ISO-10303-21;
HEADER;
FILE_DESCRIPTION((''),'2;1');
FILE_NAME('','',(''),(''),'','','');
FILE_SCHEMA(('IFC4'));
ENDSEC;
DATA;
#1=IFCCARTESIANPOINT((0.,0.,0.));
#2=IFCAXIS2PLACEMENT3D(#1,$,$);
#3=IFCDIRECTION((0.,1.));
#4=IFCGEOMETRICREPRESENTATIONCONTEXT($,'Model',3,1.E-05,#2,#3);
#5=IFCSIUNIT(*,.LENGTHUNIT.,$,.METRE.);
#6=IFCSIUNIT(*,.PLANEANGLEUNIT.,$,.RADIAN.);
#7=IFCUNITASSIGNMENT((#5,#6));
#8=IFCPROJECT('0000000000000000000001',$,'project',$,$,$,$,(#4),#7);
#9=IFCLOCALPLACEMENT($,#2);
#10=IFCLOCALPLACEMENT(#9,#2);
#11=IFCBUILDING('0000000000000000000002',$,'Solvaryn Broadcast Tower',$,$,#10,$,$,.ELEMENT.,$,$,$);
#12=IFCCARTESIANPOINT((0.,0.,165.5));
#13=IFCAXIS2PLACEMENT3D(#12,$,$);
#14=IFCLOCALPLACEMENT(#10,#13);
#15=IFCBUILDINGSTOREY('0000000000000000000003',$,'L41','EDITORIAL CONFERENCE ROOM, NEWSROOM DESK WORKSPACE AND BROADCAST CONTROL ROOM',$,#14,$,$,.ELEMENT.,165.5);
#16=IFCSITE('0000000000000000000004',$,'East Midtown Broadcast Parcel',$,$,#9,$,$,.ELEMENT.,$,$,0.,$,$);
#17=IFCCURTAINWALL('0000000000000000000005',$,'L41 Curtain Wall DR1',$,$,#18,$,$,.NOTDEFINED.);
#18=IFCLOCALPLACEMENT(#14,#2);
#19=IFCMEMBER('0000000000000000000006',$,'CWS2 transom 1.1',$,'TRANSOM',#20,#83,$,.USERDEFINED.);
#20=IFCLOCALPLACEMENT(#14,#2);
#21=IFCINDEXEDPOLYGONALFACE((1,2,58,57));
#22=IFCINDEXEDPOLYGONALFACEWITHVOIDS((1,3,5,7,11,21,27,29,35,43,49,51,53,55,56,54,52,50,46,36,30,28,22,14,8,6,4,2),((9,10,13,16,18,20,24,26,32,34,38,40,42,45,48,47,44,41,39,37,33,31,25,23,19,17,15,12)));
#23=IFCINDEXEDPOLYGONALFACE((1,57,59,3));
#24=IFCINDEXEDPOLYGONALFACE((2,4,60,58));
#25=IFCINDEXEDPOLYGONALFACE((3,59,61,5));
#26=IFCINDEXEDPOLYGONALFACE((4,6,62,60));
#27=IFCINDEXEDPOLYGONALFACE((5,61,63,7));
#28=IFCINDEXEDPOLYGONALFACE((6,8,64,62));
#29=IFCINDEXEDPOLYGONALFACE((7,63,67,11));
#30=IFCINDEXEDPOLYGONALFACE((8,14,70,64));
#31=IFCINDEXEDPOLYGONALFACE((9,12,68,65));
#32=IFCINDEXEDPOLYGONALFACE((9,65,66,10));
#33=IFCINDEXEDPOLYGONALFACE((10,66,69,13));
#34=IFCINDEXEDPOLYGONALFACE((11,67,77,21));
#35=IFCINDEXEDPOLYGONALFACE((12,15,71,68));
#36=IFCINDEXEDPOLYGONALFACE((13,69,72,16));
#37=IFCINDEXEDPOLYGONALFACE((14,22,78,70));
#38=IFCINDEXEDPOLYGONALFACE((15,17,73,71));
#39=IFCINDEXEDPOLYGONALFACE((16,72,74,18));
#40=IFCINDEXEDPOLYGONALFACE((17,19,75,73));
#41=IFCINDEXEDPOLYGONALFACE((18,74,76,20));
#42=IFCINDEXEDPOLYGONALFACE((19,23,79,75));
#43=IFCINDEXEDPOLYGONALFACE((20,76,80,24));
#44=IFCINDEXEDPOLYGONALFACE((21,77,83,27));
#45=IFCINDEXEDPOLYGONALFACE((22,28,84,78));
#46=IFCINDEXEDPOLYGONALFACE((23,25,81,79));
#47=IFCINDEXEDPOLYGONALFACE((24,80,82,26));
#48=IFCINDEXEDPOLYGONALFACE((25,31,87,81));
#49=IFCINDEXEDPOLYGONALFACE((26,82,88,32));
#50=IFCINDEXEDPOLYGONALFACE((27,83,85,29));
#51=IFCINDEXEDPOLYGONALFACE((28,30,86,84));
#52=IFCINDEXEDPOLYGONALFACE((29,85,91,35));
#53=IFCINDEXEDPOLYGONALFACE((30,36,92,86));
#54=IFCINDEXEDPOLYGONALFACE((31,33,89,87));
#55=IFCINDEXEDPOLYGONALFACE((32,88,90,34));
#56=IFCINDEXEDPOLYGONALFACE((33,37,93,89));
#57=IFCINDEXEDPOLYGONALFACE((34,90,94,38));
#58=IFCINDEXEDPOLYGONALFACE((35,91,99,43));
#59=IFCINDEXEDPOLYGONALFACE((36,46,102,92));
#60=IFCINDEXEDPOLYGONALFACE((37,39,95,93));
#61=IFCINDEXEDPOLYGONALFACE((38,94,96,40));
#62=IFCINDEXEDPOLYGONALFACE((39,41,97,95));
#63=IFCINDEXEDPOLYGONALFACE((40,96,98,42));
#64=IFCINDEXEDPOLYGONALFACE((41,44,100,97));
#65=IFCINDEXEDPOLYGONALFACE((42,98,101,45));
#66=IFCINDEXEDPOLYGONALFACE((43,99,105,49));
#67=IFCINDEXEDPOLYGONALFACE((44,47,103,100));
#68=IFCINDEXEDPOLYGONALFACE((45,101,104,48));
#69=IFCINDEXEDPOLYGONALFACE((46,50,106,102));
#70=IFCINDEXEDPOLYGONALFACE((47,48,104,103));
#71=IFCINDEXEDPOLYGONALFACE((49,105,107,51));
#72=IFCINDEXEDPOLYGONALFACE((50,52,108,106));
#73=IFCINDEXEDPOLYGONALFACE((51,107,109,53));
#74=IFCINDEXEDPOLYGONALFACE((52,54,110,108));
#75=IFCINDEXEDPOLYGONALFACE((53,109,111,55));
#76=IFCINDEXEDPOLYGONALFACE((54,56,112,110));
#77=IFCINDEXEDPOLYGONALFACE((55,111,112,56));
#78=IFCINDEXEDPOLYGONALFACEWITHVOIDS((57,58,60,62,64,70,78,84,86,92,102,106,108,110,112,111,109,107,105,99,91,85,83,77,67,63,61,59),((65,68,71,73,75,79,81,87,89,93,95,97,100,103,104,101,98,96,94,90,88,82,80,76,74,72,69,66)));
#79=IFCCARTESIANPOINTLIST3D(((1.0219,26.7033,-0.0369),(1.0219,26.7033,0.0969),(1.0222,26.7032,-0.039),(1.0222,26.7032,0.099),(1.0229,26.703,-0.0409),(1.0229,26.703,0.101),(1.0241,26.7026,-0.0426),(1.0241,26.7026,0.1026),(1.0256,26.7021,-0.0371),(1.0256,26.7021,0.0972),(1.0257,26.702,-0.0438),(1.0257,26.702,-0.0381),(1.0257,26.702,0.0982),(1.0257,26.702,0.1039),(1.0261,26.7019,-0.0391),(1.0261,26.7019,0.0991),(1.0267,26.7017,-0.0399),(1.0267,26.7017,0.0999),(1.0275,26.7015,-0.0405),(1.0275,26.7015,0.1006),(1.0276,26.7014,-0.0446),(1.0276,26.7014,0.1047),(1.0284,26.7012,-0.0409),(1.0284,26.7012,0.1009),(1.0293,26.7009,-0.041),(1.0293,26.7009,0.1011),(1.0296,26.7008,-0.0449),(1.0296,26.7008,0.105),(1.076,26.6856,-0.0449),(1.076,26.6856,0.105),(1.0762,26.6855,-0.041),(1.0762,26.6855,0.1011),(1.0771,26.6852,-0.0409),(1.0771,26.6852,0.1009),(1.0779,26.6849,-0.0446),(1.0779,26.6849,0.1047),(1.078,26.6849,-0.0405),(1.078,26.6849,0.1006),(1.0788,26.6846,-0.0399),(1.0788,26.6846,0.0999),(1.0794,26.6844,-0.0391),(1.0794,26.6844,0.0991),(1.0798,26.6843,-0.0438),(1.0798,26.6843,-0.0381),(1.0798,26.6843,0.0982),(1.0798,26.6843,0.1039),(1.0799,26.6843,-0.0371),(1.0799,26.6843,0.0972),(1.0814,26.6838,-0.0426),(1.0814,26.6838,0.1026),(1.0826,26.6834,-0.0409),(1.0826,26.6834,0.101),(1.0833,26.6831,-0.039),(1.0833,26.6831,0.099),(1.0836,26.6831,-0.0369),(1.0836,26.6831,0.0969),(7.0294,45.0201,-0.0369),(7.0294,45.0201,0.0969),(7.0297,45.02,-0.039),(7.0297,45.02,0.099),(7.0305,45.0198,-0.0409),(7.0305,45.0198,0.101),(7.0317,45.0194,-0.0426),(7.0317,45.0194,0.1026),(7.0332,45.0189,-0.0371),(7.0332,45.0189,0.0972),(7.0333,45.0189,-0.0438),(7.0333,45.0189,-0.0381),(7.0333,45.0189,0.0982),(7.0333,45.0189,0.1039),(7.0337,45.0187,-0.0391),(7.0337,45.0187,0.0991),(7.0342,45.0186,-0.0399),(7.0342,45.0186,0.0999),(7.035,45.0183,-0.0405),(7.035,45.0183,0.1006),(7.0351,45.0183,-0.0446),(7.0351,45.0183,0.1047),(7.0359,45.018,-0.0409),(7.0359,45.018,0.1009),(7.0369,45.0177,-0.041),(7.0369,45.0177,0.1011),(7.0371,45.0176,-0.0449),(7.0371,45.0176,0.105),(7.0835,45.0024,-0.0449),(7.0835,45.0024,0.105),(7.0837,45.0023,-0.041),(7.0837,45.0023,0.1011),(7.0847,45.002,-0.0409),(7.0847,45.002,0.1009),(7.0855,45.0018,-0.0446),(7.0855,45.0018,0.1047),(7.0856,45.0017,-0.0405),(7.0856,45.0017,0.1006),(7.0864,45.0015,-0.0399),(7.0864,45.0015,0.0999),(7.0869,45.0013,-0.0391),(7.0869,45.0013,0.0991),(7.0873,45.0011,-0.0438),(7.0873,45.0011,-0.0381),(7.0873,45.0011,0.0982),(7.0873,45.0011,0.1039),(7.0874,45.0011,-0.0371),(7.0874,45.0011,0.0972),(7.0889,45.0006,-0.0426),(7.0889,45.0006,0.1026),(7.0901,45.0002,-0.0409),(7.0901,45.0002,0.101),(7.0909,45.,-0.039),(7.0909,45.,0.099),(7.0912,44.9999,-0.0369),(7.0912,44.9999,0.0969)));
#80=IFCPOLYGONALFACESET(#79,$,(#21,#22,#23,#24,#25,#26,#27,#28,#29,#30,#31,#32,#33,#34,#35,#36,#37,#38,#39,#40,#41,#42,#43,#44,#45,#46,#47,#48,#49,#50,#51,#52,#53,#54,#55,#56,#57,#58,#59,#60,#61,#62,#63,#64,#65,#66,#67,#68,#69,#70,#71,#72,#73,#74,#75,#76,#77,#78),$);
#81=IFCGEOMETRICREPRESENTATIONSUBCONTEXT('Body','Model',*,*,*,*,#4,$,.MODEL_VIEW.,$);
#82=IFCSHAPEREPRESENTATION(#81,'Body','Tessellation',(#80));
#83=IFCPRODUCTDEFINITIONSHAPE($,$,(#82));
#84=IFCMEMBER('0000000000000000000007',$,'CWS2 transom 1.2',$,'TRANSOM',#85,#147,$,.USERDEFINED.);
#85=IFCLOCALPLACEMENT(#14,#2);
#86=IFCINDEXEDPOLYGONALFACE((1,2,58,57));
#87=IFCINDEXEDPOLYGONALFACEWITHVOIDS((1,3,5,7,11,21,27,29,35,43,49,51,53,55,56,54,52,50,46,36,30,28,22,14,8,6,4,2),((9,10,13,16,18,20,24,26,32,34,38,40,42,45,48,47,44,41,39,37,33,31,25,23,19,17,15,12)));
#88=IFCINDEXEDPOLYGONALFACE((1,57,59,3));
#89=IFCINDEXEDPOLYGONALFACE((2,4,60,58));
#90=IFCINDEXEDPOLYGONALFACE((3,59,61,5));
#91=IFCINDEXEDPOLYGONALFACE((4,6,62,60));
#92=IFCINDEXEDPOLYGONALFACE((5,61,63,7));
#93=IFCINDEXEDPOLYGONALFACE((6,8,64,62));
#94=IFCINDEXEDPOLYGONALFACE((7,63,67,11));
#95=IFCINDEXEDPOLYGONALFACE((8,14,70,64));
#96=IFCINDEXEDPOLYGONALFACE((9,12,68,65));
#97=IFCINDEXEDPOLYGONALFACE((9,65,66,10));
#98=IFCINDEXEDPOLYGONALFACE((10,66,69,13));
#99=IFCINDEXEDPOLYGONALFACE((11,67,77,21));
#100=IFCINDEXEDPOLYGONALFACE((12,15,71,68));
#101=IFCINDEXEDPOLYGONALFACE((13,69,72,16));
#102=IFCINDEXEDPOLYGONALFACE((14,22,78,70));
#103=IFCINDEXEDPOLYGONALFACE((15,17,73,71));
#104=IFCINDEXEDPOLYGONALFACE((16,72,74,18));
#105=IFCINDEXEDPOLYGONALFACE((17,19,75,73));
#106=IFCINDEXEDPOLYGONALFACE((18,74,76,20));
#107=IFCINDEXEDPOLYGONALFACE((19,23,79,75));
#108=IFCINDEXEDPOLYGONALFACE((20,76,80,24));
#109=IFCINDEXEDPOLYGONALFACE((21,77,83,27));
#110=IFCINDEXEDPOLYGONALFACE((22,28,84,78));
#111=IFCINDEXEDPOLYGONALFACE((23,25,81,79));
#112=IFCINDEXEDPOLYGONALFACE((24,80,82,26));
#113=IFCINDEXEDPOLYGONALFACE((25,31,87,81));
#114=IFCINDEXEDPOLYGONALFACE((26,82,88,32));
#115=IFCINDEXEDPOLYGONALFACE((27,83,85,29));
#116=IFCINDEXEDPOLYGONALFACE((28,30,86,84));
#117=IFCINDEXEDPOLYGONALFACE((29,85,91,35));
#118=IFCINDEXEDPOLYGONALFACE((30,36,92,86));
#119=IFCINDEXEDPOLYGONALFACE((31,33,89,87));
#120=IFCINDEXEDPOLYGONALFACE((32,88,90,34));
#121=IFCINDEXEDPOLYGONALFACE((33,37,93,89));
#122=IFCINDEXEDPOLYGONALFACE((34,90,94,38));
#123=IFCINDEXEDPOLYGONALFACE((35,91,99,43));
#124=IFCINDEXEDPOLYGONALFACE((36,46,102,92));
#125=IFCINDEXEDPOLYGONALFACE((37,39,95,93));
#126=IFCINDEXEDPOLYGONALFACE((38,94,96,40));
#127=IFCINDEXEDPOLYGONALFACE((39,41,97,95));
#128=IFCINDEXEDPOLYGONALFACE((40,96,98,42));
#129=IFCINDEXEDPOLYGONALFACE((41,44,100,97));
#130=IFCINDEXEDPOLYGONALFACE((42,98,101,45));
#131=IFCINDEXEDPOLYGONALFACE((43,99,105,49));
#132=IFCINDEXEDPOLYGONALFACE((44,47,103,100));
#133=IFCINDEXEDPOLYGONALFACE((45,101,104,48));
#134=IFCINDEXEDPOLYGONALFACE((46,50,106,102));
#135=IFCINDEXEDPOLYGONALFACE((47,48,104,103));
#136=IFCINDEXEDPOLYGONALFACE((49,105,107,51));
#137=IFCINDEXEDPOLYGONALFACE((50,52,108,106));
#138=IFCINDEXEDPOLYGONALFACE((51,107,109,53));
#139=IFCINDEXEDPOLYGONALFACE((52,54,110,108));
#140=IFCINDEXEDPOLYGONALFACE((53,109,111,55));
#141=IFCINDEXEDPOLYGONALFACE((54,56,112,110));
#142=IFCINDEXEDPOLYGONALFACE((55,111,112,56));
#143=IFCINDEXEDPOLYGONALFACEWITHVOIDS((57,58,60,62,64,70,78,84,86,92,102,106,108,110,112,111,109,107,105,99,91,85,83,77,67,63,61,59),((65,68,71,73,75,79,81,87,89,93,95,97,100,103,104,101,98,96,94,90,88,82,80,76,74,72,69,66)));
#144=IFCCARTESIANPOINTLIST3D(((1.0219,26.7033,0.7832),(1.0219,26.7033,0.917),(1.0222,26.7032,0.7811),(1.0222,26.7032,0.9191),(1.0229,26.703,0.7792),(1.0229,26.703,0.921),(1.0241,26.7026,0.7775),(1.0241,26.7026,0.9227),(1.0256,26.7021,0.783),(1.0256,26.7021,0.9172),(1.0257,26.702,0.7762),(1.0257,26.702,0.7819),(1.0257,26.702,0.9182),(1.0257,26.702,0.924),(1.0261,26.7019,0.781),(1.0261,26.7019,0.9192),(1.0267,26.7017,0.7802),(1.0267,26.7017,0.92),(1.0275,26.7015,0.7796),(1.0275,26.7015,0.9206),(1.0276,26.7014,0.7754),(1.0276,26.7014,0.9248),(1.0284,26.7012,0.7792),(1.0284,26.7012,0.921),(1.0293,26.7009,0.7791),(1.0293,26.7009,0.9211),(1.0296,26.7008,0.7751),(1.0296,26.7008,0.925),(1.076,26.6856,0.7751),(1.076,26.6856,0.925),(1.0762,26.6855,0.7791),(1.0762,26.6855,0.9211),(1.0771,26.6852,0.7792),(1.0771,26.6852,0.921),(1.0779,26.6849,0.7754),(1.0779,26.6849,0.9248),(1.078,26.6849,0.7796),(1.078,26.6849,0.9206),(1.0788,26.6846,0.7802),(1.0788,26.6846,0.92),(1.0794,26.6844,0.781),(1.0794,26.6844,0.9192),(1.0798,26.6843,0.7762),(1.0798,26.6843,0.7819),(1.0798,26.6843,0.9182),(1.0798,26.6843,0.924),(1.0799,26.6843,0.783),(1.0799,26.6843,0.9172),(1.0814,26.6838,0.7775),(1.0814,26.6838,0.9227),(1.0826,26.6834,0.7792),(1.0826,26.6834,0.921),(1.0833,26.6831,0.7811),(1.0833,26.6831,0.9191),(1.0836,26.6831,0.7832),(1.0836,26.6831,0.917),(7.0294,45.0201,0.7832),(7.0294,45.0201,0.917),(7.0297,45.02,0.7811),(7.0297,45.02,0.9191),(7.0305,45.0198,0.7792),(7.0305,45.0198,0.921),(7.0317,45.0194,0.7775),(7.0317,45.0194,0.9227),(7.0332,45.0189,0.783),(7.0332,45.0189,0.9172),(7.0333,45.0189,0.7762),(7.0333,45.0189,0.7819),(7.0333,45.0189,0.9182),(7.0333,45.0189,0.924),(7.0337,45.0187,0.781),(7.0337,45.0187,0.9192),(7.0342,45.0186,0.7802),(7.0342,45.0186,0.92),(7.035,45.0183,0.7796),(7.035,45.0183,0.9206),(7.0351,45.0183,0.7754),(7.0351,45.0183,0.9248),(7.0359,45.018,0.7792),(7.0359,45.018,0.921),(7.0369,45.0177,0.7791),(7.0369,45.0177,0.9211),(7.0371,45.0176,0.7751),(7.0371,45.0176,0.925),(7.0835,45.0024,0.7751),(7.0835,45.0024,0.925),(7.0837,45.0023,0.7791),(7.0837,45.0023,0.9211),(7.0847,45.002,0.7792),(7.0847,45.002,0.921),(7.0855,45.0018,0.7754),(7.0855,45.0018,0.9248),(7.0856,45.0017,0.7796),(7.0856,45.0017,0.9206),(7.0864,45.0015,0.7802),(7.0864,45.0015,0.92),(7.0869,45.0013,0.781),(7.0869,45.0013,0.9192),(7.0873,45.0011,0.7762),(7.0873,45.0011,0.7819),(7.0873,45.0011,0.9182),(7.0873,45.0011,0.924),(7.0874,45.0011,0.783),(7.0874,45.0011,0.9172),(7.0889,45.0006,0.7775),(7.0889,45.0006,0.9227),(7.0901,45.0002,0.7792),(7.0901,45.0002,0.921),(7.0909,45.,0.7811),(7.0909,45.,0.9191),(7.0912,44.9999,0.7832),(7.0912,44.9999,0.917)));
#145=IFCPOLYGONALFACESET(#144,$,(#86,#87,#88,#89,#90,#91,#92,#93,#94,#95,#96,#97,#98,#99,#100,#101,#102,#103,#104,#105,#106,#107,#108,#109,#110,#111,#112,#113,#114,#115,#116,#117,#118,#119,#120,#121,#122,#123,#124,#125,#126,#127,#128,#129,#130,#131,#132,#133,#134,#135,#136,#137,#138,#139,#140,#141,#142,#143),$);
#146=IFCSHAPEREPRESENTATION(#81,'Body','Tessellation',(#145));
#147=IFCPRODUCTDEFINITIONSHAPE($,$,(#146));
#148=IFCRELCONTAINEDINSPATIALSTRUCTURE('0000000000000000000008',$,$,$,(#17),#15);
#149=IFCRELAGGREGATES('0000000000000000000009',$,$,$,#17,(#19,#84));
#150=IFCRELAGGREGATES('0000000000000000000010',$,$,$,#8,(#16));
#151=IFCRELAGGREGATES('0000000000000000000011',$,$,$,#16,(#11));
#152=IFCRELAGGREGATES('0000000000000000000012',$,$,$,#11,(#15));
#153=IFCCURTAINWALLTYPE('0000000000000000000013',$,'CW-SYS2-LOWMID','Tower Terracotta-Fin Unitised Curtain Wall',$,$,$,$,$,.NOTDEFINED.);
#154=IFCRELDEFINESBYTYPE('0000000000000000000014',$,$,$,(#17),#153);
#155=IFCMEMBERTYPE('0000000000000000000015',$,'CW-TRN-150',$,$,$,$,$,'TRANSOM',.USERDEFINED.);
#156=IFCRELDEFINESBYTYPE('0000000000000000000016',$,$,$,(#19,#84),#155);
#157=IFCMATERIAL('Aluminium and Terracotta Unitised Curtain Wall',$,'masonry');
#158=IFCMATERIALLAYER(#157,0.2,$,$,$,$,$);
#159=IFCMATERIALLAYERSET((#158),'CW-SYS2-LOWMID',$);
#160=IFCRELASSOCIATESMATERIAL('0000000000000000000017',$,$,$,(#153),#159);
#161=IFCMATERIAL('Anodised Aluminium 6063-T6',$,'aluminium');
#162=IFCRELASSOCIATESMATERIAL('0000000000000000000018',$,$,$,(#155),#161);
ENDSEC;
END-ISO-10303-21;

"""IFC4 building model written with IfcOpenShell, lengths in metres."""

from ifc_helpers import new_model, si_unit, direction, frame, origin, origin_2d, place, context, subcontext, project, spatial, hollow_rectangle, extrude, material, layer, layer_set, material_profile, profile_set, type_object, element, aggregate, save


model = new_model("IFC4")

# Units and contexts
model_context = context("Model", 3, precision=1e-05, world=origin(), true_north=direction((0.0, 1.0)))
body_context = subcontext(model_context, "Body", "Model", "MODEL_VIEW")
ifc_project = project(units=[si_unit("LENGTHUNIT", "METRE"), si_unit("PLANEANGLEUNIT", "RADIAN")], contexts=[model_context])

# Site, building, storey
site_placement = place(None, origin())
site = spatial("IfcSite", under=ifc_project, at=site_placement, Name="East Midtown Broadcast Parcel", CompositionType="ELEMENT", RefElevation=0.0)
building_placement = place(site_placement, origin())
building = spatial("IfcBuilding", under=site, at=building_placement, Name="Solvaryn Broadcast Tower", CompositionType="ELEMENT")
storey_placement = place(building_placement, frame((0.0, 0.0, 165.5)))
storey = spatial("IfcBuildingStorey", under=building, at=storey_placement, Name="L41", Description="EDITORIAL CONFERENCE ROOM, NEWSROOM DESK WORKSPACE AND BROADCAST CONTROL ROOM", CompositionType="ELEMENT", Elevation=165.5)

# Curtain wall
ifc_material_1 = material(Name="Aluminium and Terracotta Unitised Curtain Wall", Category="masonry")
ifc_layer_1 = layer(ifc_material_1, 0.2)
ifc_layer_set_1 = layer_set([ifc_layer_1], Name="CW-SYS2-LOWMID")
curtain_wall_type = type_object("IfcCurtainWallType", Name="CW-SYS2-LOWMID", Description="Tower Terracotta-Fin Unitised Curtain Wall", PredefinedType="NOTDEFINED", material=ifc_layer_set_1)
curtain_wall_1_placement = place(storey_placement, origin())
curtain_wall_1 = element("IfcCurtainWall", 1, at=curtain_wall_1_placement, inside=storey, type_object=curtain_wall_type, Name="L41 Curtain Wall DR1", PredefinedType="NOTDEFINED")

# Members
ifc_material_2 = material(Name="Anodised Aluminium 6063-T6", Category="aluminium")
ifc_material_profile_1 = material_profile(ifc_material_2, hollow_rectangle(XDim=0.0649, YDim=0.1499, WallThickness=0.0039, InnerFilletRadius=0.0039, OuterFilletRadius=0.0081, at=origin_2d()))
ifc_profile_set_1 = profile_set([ifc_material_profile_1], Name="Anodised Aluminium 6063-T6")
member_type_1 = type_object("IfcMemberType", Name="CW-TRN-150", ElementType="TRANSOM", PredefinedType="USERDEFINED", material=ifc_profile_set_1)
member_1_placement = place(storey_placement, frame((7.0603, 45.01, 0.03), z_axis=(-0.311646, -0.950198, 0.0), x_axis=(0.950198, -0.311646, 0.0)))
member_1 = element("IfcMember", 2, at=member_1_placement, type_object=member_type_1, Name="CWS2 transom 1.1", ObjectType="TRANSOM", PredefinedType="USERDEFINED", context=body_context, shape_type="SweptSolid", body=[
    extrude(hollow_rectangle(XDim=0.0649, YDim=0.1499, WallThickness=0.0039, InnerFilletRadius=0.0039, OuterFilletRadius=0.0081, at=origin_2d()), origin(), (0.0, 0.0, 1.0), 19.2769),
])
member_2_placement = place(storey_placement, frame((7.0603, 45.01, 0.8501), z_axis=(-0.311646, -0.950198, 0.0), x_axis=(0.950198, -0.311646, 0.0)))
member_2 = element("IfcMember", 3, at=member_2_placement, type_object=member_type_1, Name="CWS2 transom 1.2", ObjectType="TRANSOM", PredefinedType="USERDEFINED", context=body_context, shape_type="SweptSolid", body=[
    extrude(hollow_rectangle(XDim=0.0649, YDim=0.1499, WallThickness=0.0039, InnerFilletRadius=0.0039, OuterFilletRadius=0.0081, at=origin_2d()), origin(), (0.0, 0.0, 1.0), 19.2769),
])
aggregate(curtain_wall_1, [member_1, member_2])

save(model, "model.ifc")
